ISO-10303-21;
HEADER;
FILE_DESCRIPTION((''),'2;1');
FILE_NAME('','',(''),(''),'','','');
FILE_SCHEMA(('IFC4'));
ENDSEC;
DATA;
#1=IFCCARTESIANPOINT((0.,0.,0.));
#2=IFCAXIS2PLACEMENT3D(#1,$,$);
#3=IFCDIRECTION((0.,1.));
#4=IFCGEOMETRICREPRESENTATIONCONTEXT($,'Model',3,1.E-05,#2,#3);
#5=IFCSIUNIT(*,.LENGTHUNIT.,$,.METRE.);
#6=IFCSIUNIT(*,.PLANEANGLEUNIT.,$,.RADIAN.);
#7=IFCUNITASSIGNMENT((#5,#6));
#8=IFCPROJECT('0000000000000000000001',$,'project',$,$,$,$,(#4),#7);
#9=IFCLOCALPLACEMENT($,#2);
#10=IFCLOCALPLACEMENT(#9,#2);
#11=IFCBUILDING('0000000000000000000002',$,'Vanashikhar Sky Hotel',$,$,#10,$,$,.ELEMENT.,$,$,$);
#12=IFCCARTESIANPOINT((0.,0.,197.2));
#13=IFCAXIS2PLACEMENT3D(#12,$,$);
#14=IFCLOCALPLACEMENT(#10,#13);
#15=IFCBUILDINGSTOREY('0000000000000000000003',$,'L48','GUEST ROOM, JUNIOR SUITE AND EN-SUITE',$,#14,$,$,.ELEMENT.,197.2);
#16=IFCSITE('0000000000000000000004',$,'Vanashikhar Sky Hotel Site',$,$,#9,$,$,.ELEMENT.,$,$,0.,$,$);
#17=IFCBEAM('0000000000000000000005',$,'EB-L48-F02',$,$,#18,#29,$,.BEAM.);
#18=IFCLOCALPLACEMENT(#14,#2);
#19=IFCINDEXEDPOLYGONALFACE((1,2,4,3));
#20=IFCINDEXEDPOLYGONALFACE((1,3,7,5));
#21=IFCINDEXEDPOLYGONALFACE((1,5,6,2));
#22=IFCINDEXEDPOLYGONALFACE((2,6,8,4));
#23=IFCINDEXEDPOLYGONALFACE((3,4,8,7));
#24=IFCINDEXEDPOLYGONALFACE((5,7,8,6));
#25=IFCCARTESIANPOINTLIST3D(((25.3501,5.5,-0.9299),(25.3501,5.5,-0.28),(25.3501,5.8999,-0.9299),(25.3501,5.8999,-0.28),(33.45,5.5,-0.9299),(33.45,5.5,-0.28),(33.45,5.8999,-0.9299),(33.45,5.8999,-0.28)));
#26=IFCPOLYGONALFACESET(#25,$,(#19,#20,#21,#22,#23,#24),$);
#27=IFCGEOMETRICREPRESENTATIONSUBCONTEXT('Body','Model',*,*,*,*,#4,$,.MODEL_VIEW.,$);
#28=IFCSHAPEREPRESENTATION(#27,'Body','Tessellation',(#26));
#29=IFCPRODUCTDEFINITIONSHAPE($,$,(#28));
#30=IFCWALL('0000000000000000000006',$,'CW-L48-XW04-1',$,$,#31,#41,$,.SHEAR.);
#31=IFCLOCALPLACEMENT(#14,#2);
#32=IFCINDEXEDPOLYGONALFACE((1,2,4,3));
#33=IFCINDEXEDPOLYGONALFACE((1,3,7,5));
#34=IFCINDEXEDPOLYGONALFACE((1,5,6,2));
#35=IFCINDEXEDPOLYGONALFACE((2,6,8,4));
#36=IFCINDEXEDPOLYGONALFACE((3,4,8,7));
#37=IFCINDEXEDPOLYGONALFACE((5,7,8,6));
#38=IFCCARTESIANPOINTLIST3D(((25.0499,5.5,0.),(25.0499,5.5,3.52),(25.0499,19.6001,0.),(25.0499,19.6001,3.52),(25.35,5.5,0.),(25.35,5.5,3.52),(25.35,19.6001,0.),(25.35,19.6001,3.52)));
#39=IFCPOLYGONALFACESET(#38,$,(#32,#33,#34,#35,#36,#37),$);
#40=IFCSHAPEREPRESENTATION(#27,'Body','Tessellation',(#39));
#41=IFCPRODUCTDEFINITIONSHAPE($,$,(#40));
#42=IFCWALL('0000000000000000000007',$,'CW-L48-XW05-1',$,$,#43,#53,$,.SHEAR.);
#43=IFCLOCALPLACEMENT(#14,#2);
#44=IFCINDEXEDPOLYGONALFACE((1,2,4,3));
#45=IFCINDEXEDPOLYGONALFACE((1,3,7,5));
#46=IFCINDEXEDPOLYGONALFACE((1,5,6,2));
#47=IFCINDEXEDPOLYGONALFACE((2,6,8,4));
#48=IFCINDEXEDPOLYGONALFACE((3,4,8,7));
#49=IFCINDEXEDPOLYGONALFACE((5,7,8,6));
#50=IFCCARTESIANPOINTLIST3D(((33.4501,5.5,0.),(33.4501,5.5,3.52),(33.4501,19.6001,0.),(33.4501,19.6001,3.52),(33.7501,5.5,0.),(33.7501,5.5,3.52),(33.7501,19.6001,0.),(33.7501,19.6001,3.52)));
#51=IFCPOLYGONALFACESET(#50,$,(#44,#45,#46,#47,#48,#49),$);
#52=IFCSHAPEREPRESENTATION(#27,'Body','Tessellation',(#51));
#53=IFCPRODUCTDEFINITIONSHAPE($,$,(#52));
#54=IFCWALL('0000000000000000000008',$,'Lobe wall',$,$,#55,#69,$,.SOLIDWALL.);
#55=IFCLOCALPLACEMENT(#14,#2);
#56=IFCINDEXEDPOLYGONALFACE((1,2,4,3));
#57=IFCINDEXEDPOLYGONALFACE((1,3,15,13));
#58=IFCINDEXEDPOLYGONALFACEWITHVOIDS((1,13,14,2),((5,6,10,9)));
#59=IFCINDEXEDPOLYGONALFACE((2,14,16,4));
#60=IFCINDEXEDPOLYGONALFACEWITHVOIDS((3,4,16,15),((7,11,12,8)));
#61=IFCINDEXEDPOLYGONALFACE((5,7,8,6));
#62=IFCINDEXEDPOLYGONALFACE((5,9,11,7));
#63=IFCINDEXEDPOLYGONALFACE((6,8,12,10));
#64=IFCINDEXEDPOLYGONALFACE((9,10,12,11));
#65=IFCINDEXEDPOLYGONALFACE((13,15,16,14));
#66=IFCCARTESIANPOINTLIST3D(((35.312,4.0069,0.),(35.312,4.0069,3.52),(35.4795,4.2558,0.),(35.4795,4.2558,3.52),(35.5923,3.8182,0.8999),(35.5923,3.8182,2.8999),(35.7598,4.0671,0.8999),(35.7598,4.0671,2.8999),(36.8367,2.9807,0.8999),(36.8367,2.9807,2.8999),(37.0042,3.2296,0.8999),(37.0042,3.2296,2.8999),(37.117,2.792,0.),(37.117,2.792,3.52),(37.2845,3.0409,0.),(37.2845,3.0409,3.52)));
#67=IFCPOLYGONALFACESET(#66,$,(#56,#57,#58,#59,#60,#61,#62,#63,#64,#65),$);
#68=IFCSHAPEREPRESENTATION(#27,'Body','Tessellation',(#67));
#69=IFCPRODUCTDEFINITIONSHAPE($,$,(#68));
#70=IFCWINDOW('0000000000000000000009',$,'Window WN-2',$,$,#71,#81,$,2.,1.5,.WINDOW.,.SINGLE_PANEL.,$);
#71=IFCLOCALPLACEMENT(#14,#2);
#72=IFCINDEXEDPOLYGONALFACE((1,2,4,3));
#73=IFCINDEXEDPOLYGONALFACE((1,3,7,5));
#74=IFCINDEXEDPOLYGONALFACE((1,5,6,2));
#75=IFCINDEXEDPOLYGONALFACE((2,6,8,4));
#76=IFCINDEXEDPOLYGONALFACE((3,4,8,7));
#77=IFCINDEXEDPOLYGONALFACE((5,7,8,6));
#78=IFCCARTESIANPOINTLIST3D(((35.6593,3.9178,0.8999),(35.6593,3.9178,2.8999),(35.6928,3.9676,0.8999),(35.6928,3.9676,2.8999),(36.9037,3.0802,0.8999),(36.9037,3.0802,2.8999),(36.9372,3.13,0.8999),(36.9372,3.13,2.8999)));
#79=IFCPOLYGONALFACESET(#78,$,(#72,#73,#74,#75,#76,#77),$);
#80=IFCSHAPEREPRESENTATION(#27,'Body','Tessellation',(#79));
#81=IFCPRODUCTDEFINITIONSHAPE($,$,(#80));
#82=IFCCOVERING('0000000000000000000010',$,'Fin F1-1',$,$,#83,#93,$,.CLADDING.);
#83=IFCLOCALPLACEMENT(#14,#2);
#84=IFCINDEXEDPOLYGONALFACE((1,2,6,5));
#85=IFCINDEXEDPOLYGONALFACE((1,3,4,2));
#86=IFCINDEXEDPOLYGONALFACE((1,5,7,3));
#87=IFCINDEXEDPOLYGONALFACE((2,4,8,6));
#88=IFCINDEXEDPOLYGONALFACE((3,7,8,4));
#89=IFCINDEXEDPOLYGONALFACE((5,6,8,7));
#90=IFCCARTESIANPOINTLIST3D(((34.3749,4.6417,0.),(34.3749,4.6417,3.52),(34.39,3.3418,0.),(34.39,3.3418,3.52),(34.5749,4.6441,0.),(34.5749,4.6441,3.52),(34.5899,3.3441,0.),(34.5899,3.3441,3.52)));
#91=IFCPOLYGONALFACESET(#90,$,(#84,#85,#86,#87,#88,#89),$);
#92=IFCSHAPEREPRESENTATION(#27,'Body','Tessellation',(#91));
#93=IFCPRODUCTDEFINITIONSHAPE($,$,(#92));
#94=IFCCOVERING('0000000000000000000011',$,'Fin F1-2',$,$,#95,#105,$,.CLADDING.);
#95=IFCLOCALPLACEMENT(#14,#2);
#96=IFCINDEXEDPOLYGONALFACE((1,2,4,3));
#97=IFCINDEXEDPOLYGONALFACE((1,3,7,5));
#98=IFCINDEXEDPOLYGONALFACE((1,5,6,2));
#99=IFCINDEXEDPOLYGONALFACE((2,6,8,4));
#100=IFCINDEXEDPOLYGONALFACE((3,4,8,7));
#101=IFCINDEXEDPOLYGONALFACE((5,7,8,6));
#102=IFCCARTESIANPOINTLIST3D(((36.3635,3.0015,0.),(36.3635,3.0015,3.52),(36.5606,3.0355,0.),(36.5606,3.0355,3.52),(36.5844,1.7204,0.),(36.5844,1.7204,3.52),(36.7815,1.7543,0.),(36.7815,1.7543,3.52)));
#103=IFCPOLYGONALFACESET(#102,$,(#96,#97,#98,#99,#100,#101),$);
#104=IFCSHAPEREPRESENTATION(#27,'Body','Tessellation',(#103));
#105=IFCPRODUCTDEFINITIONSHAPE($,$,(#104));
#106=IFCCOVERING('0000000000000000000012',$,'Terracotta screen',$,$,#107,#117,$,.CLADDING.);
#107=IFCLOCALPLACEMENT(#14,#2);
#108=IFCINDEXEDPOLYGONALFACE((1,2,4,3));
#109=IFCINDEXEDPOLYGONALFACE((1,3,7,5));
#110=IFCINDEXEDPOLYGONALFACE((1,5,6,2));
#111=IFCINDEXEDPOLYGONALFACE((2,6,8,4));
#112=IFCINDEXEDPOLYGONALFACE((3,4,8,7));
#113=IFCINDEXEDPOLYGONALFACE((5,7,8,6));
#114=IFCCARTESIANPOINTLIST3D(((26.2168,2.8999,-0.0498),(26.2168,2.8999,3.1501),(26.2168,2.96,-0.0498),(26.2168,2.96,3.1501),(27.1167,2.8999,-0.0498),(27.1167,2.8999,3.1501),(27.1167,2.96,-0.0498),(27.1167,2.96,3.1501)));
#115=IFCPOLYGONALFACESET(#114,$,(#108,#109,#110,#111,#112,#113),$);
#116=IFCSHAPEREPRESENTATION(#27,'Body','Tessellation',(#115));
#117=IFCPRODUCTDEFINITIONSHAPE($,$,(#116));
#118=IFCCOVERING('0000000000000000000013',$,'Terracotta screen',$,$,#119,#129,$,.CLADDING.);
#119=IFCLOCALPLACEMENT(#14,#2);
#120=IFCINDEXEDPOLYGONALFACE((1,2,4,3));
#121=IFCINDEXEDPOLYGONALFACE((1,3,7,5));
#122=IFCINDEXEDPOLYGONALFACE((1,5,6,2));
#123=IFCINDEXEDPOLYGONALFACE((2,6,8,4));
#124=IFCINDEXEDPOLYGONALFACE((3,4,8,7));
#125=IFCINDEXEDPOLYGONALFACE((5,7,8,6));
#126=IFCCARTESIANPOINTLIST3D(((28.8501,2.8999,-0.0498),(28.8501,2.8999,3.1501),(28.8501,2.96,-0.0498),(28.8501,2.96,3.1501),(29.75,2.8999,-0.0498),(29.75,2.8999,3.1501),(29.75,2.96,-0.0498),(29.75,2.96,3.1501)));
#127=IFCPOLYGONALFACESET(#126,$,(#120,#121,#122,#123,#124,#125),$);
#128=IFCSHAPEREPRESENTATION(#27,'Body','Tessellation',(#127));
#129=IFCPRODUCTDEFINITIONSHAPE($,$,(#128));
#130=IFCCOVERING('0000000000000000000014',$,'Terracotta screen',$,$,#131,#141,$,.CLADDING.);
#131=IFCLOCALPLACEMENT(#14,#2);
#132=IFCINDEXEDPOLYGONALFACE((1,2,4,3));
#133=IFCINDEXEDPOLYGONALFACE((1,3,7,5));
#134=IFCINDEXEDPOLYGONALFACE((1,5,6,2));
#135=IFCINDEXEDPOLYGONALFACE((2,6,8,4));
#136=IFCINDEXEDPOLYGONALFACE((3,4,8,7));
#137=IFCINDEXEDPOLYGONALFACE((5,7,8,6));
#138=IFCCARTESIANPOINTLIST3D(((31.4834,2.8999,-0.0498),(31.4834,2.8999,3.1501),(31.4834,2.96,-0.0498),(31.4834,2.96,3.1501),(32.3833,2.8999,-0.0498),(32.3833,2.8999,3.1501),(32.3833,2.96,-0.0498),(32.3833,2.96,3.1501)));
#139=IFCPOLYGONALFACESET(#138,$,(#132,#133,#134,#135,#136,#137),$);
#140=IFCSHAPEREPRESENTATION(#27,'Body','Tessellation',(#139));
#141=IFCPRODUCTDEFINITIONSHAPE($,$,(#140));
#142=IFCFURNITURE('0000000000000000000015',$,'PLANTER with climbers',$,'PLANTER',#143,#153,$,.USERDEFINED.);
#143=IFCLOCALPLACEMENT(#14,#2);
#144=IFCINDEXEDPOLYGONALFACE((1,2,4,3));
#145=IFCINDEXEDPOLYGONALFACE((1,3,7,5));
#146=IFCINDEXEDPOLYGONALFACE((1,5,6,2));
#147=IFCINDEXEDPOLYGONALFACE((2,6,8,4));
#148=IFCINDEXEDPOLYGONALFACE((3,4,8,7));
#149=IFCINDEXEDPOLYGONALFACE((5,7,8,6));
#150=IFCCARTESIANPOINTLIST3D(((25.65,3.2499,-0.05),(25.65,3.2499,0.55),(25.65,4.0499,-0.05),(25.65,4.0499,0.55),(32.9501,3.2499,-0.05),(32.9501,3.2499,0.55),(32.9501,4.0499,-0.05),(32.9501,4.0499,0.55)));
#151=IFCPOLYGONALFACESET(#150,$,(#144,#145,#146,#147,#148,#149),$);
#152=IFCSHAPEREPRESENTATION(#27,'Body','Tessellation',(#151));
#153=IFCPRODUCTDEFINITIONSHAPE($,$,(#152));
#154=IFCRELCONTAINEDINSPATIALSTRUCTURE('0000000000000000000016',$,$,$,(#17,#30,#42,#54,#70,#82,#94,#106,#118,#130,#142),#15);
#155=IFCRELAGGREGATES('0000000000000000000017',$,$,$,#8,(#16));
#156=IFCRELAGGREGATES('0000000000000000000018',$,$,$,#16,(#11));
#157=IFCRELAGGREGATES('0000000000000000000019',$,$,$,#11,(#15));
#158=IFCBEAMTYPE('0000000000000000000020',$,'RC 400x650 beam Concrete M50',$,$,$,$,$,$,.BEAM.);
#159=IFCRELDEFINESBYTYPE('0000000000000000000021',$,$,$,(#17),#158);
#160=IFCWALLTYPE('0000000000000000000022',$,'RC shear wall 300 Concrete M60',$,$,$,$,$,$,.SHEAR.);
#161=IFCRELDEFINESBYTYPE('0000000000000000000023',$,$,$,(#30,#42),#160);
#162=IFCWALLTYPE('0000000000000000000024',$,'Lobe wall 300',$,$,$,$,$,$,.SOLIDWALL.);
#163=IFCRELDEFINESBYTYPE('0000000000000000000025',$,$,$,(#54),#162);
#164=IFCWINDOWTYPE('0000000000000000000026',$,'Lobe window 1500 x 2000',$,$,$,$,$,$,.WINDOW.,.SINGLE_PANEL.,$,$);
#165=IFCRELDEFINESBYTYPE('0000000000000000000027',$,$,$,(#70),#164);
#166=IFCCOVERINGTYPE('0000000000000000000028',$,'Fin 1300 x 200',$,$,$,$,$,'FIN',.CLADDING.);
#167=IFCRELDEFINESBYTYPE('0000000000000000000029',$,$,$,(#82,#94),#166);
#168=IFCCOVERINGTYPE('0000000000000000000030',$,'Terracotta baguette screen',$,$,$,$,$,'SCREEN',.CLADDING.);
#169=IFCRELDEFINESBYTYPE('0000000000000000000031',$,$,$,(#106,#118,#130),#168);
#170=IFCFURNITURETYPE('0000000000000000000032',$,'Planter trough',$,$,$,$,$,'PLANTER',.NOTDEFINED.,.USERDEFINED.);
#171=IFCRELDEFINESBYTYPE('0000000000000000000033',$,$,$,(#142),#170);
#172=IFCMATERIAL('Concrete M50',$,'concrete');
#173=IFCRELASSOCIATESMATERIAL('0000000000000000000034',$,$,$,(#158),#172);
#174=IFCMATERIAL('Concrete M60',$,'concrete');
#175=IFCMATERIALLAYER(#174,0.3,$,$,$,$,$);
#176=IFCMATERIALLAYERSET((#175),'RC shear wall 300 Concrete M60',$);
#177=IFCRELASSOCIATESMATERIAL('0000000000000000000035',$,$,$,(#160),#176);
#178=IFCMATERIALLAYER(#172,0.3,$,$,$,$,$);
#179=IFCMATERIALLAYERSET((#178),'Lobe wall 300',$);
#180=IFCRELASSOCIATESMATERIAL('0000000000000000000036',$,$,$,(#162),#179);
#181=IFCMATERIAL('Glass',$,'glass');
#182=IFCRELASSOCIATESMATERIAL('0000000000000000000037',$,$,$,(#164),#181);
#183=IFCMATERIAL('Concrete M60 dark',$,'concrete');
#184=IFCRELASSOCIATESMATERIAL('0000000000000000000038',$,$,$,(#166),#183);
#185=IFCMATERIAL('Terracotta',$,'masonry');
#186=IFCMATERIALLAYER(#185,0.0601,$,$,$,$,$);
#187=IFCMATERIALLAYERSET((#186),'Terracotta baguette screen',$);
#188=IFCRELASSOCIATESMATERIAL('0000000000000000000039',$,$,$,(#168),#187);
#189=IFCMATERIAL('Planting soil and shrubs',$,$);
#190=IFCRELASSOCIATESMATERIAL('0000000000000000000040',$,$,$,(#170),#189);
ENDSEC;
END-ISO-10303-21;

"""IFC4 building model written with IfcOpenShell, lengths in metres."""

from ifc_helpers import new_model, si_unit, direction, frame, frame_2d, origin, origin_2d, place, context, subcontext, project, spatial, rectangle, extrude, source, transform, mapped, material, layer, layer_set, material_profile, profile_set, type_object, element, fill, save


model = new_model("IFC4")

# Units and contexts
model_context = context("Model", 3, precision=1e-05, world=origin(), true_north=direction((0.0, 1.0)))
body_context = subcontext(model_context, "Body", "Model", "MODEL_VIEW")
ifc_project = project(units=[si_unit("LENGTHUNIT", "METRE"), si_unit("PLANEANGLEUNIT", "RADIAN")], contexts=[model_context])

# Site, building, storey
site_placement = place(None, origin())
site = spatial("IfcSite", under=ifc_project, at=site_placement, Name="Vanashikhar Sky Hotel Site", CompositionType="ELEMENT", RefElevation=0.0)
building_placement = place(site_placement, origin())
building = spatial("IfcBuilding", under=site, at=building_placement, Name="Vanashikhar Sky Hotel", CompositionType="ELEMENT")
storey_placement = place(building_placement, frame((0.0, 0.0, 197.2)))
storey = spatial("IfcBuildingStorey", under=building, at=storey_placement, Name="L48", Description="GUEST ROOM, JUNIOR SUITE AND EN-SUITE", CompositionType="ELEMENT", Elevation=197.2)

# Beam
ifc_material_1 = material(Name="Concrete M50", Category="concrete")
ifc_material_profile_1 = material_profile(ifc_material_1, rectangle(XDim=0.3999, YDim=0.6499, at=origin_2d()))
ifc_profile_set_1 = profile_set([ifc_material_profile_1], Name="RC 400x650 beam Concrete M50")
beam_type = type_object("IfcBeamType", Name="RC 400x650 beam Concrete M50", PredefinedType="BEAM", material=ifc_profile_set_1)
shared_shape_1 = source(origin(), body_context, "Body", "SweptSolid", [
    extrude(rectangle(XDim=0.3999, YDim=0.6499, at=origin_2d()), origin(), (0.0, 0.0, 1.0), 8.0999),
])
beam_placement = place(storey_placement, frame((25.3501, 5.7, -0.605), z_axis=(1.0, 0.0, 0.0), x_axis=(0.0, 1.0, 0.0)))
element("IfcBeam", 1, at=beam_placement, inside=storey, type_object=beam_type, Name="EB-L48-F02", PredefinedType="BEAM", context=body_context, shape_type="MappedRepresentation", body=[
    mapped(shared_shape_1, transform((0.0, 0.0, 0.0), scale=1.0)),
])

# Walls
ifc_material_2 = material(Name="Concrete M60", Category="concrete")
ifc_layer_1 = layer(ifc_material_2, 0.3)
ifc_layer_set_1 = layer_set([ifc_layer_1], Name="RC shear wall 300 Concrete M60")
wall_type_1 = type_object("IfcWallType", Name="RC shear wall 300 Concrete M60", PredefinedType="SHEAR", material=ifc_layer_set_1)
shared_shape_2 = source(origin(), body_context, "Body", "SweptSolid", [
    extrude(rectangle(XDim=14.1001, YDim=0.3, at=frame_2d((7.05, 0.0))), origin(), (0.0, 0.0, 1.0), 3.52),
])
for number, where, z_axis, x_axis, name in (
    (2, (25.2, 5.5, 0.0), (0.0, 0.0, 1.0), (0.0, 1.0, 0.0), "CW-L48-XW04-1"),
    (3, (33.6001, 5.5, 0.0), (0.0, 0.0, 1.0), (0.0, 1.0, 0.0), "CW-L48-XW05-1"),
):
    element("IfcWall", number, at=place(storey_placement, frame(where, z_axis=z_axis, x_axis=x_axis)), inside=storey, type_object=wall_type_1, Name=name, PredefinedType="SHEAR", context=body_context, shape_type="MappedRepresentation", body=[
        mapped(shared_shape_2, transform((0.0, 0.0, 0.0), scale=1.0)),
    ])

# Wall, opening, window
ifc_layer_2 = layer(ifc_material_1, 0.3)
ifc_layer_set_2 = layer_set([ifc_layer_2], Name="Lobe wall 300")
wall_type_2 = type_object("IfcWallType", Name="Lobe wall 300", PredefinedType="SOLIDWALL", material=ifc_layer_set_2)
shared_shape_3 = source(origin(), body_context, "Body", "SweptSolid", [
    extrude(rectangle(XDim=2.1758, YDim=0.3, at=frame_2d((1.0879, 0.0))), origin(), (0.0, 0.0, 1.0), 3.52),
])
wall_placement = place(storey_placement, frame((35.3958, 4.1313, 0.0), z_axis=(0.0, 0.0, 1.0), x_axis=(0.829591, -0.558372, 0.0)))
wall = element("IfcWall", 4, at=wall_placement, inside=storey, type_object=wall_type_2, Name="Lobe wall", PredefinedType="SOLIDWALL", context=body_context, shape_type="MappedRepresentation", body=[
    mapped(shared_shape_3, transform((0.0, 0.0, 0.0), scale=1.0)),
])
shared_shape_4 = source(origin(), body_context, "Body", "SweptSolid", [
    extrude(rectangle(XDim=1.5, YDim=2.0, at=frame_2d((0.75, 1.0))), frame((0.0, 0.1602, 0.0), z_axis=(0.0, -1.0, 0.0), x_axis=(1.0, 0.0, 0.0)), (0.0, 0.0, 1.0), 0.3201),
])
opening_placement = place(wall_placement, frame((0.3379, 0.0, 0.8999)))
opening = element("IfcOpeningElement", 5, at=opening_placement, cuts=wall, PredefinedType="OPENING", context=body_context, shape_type="MappedRepresentation", body=[
    mapped(shared_shape_4, transform((0.0, 0.0, 0.0), scale=1.0)),
])
ifc_material_3 = material(Name="Glass", Category="glass")
window_type = type_object("IfcWindowType", Name="Lobe window 1500 x 2000", PartitioningType="SINGLE_PANEL", PredefinedType="WINDOW", material=ifc_material_3)
shared_shape_5 = source(origin(), body_context, "Body", "SweptSolid", [
    extrude(rectangle(XDim=1.5, YDim=2.0, at=frame_2d((0.75, 1.0))), frame((0.0, 0.03, 0.0), z_axis=(0.0, -1.0, 0.0), x_axis=(1.0, 0.0, 0.0)), (0.0, 0.0, 1.0), 0.0601),
])
window_placement = place(opening_placement, origin())
window = element("IfcWindow", 6, at=window_placement, inside=storey, type_object=window_type, Name="Window WN-2", OverallHeight=2.0, OverallWidth=1.5, PartitioningType="SINGLE_PANEL", PredefinedType="WINDOW", context=body_context, shape_type="MappedRepresentation", body=[
    mapped(shared_shape_5, transform((0.0, 0.0, 0.0), scale=1.0)),
])
fill(opening, window)

# Coverings
ifc_material_4 = material(Name="Concrete M60 dark", Category="concrete")
ifc_material_profile_2 = material_profile(ifc_material_4, rectangle(XDim=1.3, YDim=0.2, at=origin_2d()))
ifc_profile_set_2 = profile_set([ifc_material_profile_2], Name="Fin 1300 x 200")
covering_type_1 = type_object("IfcCoveringType", Name="Fin 1300 x 200", ElementType="FIN", PredefinedType="CLADDING", material=ifc_profile_set_2)
shared_shape_6 = source(origin(), body_context, "Body", "SweptSolid", [
    extrude(rectangle(XDim=1.3, YDim=0.2, at=origin_2d()), origin(), (0.0, 0.0, 1.0), 3.52),
])
for number, where, z_axis, x_axis, name in (
    (7, (34.4824, 3.9929, 0.0), (0.0, 0.0, 1.0), (0.011589, -0.999933, 0.0), "Fin F1-1"),
    (8, (36.5725, 2.3779, 0.0), (0.0, 0.0, 1.0), (0.1699, -0.985461, 0.0), "Fin F1-2"),
):
    element("IfcCovering", number, at=place(storey_placement, frame(where, z_axis=z_axis, x_axis=x_axis)), inside=storey, type_object=covering_type_1, Name=name, PredefinedType="CLADDING", context=body_context, shape_type="MappedRepresentation", body=[
        mapped(shared_shape_6, transform((0.0, 0.0, 0.0), scale=1.0)),
    ])
ifc_material_5 = material(Name="Terracotta", Category="masonry")
ifc_layer_3 = layer(ifc_material_5, 0.0601)
ifc_layer_set_3 = layer_set([ifc_layer_3], Name="Terracotta baguette screen")
covering_type_2 = type_object("IfcCoveringType", Name="Terracotta baguette screen", ElementType="SCREEN", PredefinedType="CLADDING", material=ifc_layer_set_3)
shared_shape_7 = source(origin(), body_context, "Body", "SweptSolid", [
    extrude(rectangle(XDim=0.8999, YDim=0.0601, at=origin_2d()), origin(), (0.0, 0.0, 1.0), 3.2),
])
for number, where, z_axis, x_axis, name in (
    (9, (26.6667, 2.9299, -0.0498), (0.0, 0.0, 1.0), (1.0, 0.0, 0.0), "Terracotta screen"),
    (10, (29.3, 2.9299, -0.0498), (0.0, 0.0, 1.0), (1.0, 0.0, 0.0), "Terracotta screen"),
    (11, (31.9333, 2.9299, -0.0498), (0.0, 0.0, 1.0), (1.0, 0.0, 0.0), "Terracotta screen"),
):
    element("IfcCovering", number, at=place(storey_placement, frame(where, z_axis=z_axis, x_axis=x_axis)), inside=storey, type_object=covering_type_2, Name=name, PredefinedType="CLADDING", context=body_context, shape_type="MappedRepresentation", body=[
        mapped(shared_shape_7, transform((0.0, 0.0, 0.0), scale=1.0)),
    ])

# Furniture
ifc_material_6 = material(Name="Planting soil and shrubs")
furniture_type = type_object("IfcFurnitureType", Name="Planter trough", ElementType="PLANTER", AssemblyPlace="NOTDEFINED", PredefinedType="USERDEFINED", material=ifc_material_6)
shared_shape_8 = source(origin(), body_context, "Body", "SweptSolid", [
    extrude(rectangle(XDim=7.3, YDim=0.8, at=origin_2d()), origin(), (0.0, 0.0, 1.0), 0.6001),
])
furniture_placement = place(storey_placement, frame((29.3, 3.6499, -0.05), z_axis=(0.0, 0.0, 1.0), x_axis=(1.0, 0.0, 0.0)))
element("IfcFurniture", 12, at=furniture_placement, inside=storey, type_object=furniture_type, Name="PLANTER with climbers", ObjectType="PLANTER", PredefinedType="USERDEFINED", context=body_context, shape_type="MappedRepresentation", body=[
    mapped(shared_shape_8, transform((0.0, 0.0, 0.0), scale=1.0)),
])

save(model, "model.ifc")
